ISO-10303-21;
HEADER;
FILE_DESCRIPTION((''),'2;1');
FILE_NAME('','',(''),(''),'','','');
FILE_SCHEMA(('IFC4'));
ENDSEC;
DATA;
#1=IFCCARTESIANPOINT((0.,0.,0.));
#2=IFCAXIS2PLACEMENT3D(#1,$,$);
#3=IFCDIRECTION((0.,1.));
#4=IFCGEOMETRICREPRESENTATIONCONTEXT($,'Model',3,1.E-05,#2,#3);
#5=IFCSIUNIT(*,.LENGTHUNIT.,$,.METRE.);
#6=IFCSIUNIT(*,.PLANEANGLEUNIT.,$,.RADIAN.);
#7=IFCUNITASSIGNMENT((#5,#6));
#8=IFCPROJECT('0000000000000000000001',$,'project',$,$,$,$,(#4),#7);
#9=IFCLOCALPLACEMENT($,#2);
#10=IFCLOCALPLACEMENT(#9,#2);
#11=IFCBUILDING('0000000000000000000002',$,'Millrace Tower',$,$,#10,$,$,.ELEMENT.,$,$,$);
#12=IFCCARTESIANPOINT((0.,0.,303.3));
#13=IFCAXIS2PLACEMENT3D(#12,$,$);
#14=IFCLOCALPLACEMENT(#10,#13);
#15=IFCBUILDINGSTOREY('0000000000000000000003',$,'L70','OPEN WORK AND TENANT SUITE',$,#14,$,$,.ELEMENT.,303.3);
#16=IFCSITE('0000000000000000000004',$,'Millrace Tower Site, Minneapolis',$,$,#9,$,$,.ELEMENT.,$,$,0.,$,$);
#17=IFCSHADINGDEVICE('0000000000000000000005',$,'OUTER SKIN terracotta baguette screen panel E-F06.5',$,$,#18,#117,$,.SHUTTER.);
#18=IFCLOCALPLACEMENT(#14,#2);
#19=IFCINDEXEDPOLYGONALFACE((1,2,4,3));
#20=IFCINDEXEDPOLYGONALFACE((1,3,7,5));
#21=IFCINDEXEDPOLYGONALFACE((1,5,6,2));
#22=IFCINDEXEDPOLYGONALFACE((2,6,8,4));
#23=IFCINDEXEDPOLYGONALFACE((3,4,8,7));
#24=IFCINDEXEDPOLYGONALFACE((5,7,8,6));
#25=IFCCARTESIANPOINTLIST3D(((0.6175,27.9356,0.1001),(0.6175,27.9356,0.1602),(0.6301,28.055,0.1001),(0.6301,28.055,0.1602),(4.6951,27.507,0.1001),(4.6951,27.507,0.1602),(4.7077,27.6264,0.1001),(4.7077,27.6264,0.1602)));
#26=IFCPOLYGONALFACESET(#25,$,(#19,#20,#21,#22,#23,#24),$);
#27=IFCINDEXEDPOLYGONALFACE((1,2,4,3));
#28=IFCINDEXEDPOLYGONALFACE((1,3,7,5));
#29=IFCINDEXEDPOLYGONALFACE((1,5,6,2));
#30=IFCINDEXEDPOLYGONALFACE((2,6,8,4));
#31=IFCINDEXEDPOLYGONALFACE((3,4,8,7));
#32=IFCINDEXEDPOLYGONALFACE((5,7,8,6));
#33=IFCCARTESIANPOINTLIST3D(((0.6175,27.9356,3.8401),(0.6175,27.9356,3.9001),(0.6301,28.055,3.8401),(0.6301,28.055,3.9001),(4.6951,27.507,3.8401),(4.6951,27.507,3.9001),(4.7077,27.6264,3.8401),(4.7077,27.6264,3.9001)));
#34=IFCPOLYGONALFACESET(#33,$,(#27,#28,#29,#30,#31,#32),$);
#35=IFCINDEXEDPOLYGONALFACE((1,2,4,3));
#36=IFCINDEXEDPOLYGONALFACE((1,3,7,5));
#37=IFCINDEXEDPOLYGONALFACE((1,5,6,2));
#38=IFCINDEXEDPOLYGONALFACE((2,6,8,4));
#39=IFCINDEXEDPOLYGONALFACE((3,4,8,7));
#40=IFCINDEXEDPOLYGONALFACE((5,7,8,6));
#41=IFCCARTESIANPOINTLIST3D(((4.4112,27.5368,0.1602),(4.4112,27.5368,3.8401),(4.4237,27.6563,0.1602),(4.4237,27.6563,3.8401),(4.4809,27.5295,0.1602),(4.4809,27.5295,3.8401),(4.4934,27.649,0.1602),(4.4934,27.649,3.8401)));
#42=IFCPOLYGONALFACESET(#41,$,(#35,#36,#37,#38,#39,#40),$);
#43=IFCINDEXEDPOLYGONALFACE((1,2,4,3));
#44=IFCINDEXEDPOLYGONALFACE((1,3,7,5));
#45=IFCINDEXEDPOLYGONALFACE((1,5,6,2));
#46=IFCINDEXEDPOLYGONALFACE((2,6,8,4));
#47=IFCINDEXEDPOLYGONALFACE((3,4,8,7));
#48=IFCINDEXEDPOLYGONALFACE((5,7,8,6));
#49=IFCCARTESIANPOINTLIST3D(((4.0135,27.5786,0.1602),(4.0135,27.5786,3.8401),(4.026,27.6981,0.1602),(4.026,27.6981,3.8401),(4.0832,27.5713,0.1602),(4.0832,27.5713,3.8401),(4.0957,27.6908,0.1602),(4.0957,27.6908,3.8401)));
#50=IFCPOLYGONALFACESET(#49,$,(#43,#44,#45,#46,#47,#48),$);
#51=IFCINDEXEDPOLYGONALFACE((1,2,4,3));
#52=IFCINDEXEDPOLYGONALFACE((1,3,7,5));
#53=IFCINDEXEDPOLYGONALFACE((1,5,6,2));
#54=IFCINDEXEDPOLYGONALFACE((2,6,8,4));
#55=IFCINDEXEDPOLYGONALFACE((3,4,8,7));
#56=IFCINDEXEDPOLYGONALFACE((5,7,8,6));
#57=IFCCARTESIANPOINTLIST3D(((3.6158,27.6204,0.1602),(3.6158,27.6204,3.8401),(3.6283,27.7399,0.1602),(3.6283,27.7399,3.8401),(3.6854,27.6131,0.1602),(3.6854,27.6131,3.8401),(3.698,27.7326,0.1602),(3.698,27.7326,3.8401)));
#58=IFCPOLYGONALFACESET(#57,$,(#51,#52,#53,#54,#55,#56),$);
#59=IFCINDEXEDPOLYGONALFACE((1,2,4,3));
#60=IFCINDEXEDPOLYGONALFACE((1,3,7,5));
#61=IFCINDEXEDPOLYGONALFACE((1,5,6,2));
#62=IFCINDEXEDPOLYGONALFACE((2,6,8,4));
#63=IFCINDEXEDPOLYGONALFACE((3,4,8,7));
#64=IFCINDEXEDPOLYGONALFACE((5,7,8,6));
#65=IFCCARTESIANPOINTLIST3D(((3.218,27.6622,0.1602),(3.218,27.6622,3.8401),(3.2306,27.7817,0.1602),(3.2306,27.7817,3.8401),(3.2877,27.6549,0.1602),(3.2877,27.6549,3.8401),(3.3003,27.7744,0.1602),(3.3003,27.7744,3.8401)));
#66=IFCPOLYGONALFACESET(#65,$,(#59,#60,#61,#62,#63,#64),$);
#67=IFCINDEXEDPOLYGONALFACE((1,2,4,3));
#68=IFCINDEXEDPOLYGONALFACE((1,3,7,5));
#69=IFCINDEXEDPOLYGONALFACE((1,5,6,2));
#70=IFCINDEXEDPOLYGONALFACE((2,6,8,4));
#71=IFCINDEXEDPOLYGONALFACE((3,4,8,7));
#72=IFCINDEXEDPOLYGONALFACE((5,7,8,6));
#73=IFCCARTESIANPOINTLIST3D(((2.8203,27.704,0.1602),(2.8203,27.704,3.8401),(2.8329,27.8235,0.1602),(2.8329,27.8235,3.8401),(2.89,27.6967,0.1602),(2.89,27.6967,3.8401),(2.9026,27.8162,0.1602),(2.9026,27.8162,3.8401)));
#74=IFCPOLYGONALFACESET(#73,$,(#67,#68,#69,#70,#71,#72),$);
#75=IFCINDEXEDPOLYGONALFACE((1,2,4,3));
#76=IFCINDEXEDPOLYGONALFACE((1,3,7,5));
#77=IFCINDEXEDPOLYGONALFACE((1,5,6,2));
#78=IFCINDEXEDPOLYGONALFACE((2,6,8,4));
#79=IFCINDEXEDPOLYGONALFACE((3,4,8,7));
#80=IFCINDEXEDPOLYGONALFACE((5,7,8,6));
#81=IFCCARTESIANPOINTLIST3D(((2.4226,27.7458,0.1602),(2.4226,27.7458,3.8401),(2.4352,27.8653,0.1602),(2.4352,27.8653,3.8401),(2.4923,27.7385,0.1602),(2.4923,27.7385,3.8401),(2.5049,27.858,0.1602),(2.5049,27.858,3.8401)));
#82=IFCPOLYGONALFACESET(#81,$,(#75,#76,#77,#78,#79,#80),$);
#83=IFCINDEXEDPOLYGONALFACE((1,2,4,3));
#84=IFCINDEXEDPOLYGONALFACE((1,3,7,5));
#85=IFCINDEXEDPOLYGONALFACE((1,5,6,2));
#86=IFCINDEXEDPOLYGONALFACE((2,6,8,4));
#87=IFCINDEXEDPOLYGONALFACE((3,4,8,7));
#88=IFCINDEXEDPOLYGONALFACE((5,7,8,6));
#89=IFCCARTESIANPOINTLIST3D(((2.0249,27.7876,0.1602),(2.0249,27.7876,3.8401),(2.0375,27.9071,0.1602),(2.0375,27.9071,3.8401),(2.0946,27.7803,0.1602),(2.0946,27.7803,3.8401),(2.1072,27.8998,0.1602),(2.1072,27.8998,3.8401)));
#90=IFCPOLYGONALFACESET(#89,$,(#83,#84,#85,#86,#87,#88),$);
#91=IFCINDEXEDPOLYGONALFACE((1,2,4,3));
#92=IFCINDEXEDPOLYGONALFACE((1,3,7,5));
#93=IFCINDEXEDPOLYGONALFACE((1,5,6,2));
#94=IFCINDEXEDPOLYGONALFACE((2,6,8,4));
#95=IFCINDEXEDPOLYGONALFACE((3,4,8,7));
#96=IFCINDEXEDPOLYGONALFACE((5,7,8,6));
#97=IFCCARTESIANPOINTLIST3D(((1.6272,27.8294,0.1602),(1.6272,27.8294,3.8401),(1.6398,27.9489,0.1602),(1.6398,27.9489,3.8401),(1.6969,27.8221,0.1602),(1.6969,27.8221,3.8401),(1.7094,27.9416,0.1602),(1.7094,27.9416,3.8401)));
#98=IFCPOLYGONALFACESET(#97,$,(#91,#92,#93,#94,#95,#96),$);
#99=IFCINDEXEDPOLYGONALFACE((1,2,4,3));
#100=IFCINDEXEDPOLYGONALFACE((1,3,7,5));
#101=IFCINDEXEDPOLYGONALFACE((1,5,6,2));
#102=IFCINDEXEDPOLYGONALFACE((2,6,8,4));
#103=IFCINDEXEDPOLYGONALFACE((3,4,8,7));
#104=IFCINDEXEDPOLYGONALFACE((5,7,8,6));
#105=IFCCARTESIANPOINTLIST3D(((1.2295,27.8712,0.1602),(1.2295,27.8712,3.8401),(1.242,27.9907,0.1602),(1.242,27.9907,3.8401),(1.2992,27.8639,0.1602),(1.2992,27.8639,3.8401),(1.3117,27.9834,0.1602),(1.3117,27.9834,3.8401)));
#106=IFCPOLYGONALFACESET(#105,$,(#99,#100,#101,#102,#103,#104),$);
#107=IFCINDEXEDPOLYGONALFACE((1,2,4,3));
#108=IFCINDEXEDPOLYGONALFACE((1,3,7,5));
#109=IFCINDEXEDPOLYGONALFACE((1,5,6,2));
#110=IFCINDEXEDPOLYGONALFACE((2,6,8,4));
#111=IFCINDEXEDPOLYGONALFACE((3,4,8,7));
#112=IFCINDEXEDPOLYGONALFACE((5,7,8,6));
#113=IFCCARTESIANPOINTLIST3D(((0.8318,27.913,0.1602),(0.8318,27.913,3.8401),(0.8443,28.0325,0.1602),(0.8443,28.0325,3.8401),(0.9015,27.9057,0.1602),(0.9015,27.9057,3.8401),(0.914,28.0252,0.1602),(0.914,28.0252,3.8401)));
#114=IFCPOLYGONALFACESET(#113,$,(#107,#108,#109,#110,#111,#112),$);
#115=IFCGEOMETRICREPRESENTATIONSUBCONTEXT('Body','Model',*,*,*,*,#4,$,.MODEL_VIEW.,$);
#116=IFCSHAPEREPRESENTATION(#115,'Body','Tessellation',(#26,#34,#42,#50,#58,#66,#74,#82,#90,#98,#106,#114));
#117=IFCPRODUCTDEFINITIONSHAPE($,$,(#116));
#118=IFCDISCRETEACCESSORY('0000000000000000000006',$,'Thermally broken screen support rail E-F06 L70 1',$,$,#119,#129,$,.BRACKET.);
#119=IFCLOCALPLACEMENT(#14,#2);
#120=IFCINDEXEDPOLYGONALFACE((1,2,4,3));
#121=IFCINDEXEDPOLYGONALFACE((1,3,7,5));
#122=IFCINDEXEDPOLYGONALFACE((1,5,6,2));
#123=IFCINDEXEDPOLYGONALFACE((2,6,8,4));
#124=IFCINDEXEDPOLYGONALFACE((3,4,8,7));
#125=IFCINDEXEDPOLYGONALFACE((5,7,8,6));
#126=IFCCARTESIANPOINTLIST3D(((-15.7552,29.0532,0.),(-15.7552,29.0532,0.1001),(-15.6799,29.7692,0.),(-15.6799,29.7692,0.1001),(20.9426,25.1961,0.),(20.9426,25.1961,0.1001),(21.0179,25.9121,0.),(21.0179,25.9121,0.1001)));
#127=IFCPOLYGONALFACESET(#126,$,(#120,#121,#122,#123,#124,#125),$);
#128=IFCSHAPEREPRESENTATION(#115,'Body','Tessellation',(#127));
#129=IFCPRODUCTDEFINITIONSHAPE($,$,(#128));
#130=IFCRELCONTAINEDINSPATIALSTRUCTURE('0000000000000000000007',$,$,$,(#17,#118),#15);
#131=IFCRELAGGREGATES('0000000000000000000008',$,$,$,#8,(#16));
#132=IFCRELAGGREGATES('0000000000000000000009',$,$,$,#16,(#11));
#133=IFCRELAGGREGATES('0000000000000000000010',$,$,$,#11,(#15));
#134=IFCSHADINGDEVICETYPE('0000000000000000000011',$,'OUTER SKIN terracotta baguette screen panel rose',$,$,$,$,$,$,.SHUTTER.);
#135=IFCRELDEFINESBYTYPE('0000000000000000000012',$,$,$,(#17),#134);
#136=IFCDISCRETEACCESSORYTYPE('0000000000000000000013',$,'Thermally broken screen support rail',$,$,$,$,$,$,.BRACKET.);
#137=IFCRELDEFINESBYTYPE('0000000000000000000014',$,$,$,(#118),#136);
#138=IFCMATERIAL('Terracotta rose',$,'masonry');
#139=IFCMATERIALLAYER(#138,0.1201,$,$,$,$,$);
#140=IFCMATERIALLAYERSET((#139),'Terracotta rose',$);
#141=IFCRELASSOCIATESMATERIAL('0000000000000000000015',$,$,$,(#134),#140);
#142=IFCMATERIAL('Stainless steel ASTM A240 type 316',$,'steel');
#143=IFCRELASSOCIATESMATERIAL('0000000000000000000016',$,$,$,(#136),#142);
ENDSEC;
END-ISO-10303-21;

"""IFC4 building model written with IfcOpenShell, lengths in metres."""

from ifc_helpers import new_model, entity, si_unit, direction, frame, frame_2d, origin, origin_2d, place, context, subcontext, project, spatial, rectangle, extrude, source, transform, mapped, material, layer, layer_set, type_object, element, save


model = new_model("IFC4")

# Units and contexts
model_context = context("Model", 3, precision=1e-05, world=origin(), true_north=direction((0.0, 1.0)))
body_context = subcontext(model_context, "Body", "Model", "MODEL_VIEW")
ifc_project = project(units=[si_unit("LENGTHUNIT", "METRE"), si_unit("PLANEANGLEUNIT", "RADIAN")], contexts=[model_context])

# Site, building, storey
site_placement = place(None, origin())
site = spatial("IfcSite", under=ifc_project, at=site_placement, Name="Millrace Tower Site, Minneapolis", CompositionType="ELEMENT", RefElevation=0.0)
building_placement = place(site_placement, origin())
building = spatial("IfcBuilding", under=site, at=building_placement, Name="Millrace Tower", CompositionType="ELEMENT")
storey_placement = place(building_placement, frame((0.0, 0.0, 303.3)))
storey = spatial("IfcBuildingStorey", under=building, at=storey_placement, Name="L70", Description="OPEN WORK AND TENANT SUITE", CompositionType="ELEMENT", Elevation=303.3)

# Shading device
ifc_material_1 = material(Name="Terracotta rose", Category="masonry")
ifc_layer_1 = layer(ifc_material_1, 0.1201)
ifc_layer_set_1 = layer_set([ifc_layer_1], Name="Terracotta rose")
shading_device_type = type_object("IfcShadingDeviceType", Name="OUTER SKIN terracotta baguette screen panel rose", PredefinedType="SHUTTER", material=ifc_layer_set_1)
cartesian_point = entity("IfcCartesianPoint", [-2.05, 0.0601])
shared_polyline = entity("IfcPolyline", [cartesian_point, entity("IfcCartesianPoint", [2.05, 0.0601]), entity("IfcCartesianPoint", [2.05, -0.0601]), entity("IfcCartesianPoint", [-2.05, -0.0601]), cartesian_point])
shared_shape = source(origin(), body_context, "Body", "SweptSolid", [
    entity("IfcExtrudedAreaSolid", entity("IfcArbitraryClosedProfileDef", "AREA", None, shared_polyline), entity("IfcAxis2Placement3D", entity("IfcCartesianPoint", [0.0, 0.0, 0.0])), entity("IfcDirection", [0.0, 0.0, 1.0]), 0.0601),
    entity("IfcExtrudedAreaSolid", entity("IfcArbitraryClosedProfileDef", "AREA", None, shared_polyline), entity("IfcAxis2Placement3D", entity("IfcCartesianPoint", [0.0, 0.0, 3.74])), entity("IfcDirection", [0.0, 0.0, 1.0]), 0.0601),
    extrude(rectangle(XDim=0.0701, YDim=0.1201, at=frame_2d((-1.7996, 0.0))), frame((0.0, 0.0, 0.0601)), (0.0, 0.0, 1.0), 3.6799),
    extrude(rectangle(XDim=0.0701, YDim=0.1201, at=frame_2d((-1.3997, 0.0))), frame((0.0, 0.0, 0.0601)), (0.0, 0.0, 1.0), 3.6799),
    extrude(rectangle(XDim=0.0701, YDim=0.1201, at=frame_2d((-0.9998, 0.0))), frame((0.0, 0.0, 0.0601)), (0.0, 0.0, 1.0), 3.6799),
    extrude(rectangle(XDim=0.0701, YDim=0.1201, at=frame_2d((-0.5999, 0.0))), frame((0.0, 0.0, 0.0601)), (0.0, 0.0, 1.0), 3.6799),
    extrude(rectangle(XDim=0.0701, YDim=0.1201, at=frame_2d((-0.2, 0.0))), frame((0.0, 0.0, 0.0601)), (0.0, 0.0, 1.0), 3.6799),
    extrude(rectangle(XDim=0.0701, YDim=0.1201, at=frame_2d((0.2, 0.0))), frame((0.0, 0.0, 0.0601)), (0.0, 0.0, 1.0), 3.6799),
    extrude(rectangle(XDim=0.0701, YDim=0.1201, at=frame_2d((0.5999, 0.0))), frame((0.0, 0.0, 0.0601)), (0.0, 0.0, 1.0), 3.6799),
    extrude(rectangle(XDim=0.0701, YDim=0.1201, at=frame_2d((0.9998, 0.0))), frame((0.0, 0.0, 0.0601)), (0.0, 0.0, 1.0), 3.6799),
    extrude(rectangle(XDim=0.0701, YDim=0.1201, at=frame_2d((1.3997, 0.0))), frame((0.0, 0.0, 0.0601)), (0.0, 0.0, 1.0), 3.6799),
    extrude(rectangle(XDim=0.0701, YDim=0.1201, at=frame_2d((1.7996, 0.0))), frame((0.0, 0.0, 0.0601)), (0.0, 0.0, 1.0), 3.6799),
])
for number, where, z_axis, x_axis, name in (
    (1, (2.6626, 27.781, 0.1001), (0.0, 0.0, 1.0), (-0.994522, 0.104528, 0.0), "OUTER SKIN terracotta baguette screen panel E-F06.5"),
):
    element("IfcShadingDevice", number, at=place(storey_placement, frame(where, z_axis=z_axis, x_axis=x_axis)), inside=storey, type_object=shading_device_type, Name=name, PredefinedType="SHUTTER", context=body_context, shape_type="MappedRepresentation", body=[
        mapped(shared_shape, transform((0.0, 0.0, 0.0), scale=1.0)),
    ])

# Discrete accessory
ifc_material_2 = material(Name="Stainless steel ASTM A240 type 316", Category="steel")
discrete_accessory_type = type_object("IfcDiscreteAccessoryType", Name="Thermally broken screen support rail", PredefinedType="BRACKET", material=ifc_material_2)
discrete_accessory_placement = place(storey_placement, frame((2.6313, 27.4827, 0.0), z_axis=(0.0, 0.0, 1.0), x_axis=(-0.994522, 0.104528, 0.0)))
element("IfcDiscreteAccessory", 2, at=discrete_accessory_placement, inside=storey, type_object=discrete_accessory_type, Name="Thermally broken screen support rail E-F06 L70 1", PredefinedType="BRACKET", context=body_context, shape_type="SweptSolid", body=[
    extrude(rectangle(XDim=36.8999, YDim=0.72, at=origin_2d()), origin(), (0.0, 0.0, 1.0), 0.1001),
])

save(model, "model.ifc")
